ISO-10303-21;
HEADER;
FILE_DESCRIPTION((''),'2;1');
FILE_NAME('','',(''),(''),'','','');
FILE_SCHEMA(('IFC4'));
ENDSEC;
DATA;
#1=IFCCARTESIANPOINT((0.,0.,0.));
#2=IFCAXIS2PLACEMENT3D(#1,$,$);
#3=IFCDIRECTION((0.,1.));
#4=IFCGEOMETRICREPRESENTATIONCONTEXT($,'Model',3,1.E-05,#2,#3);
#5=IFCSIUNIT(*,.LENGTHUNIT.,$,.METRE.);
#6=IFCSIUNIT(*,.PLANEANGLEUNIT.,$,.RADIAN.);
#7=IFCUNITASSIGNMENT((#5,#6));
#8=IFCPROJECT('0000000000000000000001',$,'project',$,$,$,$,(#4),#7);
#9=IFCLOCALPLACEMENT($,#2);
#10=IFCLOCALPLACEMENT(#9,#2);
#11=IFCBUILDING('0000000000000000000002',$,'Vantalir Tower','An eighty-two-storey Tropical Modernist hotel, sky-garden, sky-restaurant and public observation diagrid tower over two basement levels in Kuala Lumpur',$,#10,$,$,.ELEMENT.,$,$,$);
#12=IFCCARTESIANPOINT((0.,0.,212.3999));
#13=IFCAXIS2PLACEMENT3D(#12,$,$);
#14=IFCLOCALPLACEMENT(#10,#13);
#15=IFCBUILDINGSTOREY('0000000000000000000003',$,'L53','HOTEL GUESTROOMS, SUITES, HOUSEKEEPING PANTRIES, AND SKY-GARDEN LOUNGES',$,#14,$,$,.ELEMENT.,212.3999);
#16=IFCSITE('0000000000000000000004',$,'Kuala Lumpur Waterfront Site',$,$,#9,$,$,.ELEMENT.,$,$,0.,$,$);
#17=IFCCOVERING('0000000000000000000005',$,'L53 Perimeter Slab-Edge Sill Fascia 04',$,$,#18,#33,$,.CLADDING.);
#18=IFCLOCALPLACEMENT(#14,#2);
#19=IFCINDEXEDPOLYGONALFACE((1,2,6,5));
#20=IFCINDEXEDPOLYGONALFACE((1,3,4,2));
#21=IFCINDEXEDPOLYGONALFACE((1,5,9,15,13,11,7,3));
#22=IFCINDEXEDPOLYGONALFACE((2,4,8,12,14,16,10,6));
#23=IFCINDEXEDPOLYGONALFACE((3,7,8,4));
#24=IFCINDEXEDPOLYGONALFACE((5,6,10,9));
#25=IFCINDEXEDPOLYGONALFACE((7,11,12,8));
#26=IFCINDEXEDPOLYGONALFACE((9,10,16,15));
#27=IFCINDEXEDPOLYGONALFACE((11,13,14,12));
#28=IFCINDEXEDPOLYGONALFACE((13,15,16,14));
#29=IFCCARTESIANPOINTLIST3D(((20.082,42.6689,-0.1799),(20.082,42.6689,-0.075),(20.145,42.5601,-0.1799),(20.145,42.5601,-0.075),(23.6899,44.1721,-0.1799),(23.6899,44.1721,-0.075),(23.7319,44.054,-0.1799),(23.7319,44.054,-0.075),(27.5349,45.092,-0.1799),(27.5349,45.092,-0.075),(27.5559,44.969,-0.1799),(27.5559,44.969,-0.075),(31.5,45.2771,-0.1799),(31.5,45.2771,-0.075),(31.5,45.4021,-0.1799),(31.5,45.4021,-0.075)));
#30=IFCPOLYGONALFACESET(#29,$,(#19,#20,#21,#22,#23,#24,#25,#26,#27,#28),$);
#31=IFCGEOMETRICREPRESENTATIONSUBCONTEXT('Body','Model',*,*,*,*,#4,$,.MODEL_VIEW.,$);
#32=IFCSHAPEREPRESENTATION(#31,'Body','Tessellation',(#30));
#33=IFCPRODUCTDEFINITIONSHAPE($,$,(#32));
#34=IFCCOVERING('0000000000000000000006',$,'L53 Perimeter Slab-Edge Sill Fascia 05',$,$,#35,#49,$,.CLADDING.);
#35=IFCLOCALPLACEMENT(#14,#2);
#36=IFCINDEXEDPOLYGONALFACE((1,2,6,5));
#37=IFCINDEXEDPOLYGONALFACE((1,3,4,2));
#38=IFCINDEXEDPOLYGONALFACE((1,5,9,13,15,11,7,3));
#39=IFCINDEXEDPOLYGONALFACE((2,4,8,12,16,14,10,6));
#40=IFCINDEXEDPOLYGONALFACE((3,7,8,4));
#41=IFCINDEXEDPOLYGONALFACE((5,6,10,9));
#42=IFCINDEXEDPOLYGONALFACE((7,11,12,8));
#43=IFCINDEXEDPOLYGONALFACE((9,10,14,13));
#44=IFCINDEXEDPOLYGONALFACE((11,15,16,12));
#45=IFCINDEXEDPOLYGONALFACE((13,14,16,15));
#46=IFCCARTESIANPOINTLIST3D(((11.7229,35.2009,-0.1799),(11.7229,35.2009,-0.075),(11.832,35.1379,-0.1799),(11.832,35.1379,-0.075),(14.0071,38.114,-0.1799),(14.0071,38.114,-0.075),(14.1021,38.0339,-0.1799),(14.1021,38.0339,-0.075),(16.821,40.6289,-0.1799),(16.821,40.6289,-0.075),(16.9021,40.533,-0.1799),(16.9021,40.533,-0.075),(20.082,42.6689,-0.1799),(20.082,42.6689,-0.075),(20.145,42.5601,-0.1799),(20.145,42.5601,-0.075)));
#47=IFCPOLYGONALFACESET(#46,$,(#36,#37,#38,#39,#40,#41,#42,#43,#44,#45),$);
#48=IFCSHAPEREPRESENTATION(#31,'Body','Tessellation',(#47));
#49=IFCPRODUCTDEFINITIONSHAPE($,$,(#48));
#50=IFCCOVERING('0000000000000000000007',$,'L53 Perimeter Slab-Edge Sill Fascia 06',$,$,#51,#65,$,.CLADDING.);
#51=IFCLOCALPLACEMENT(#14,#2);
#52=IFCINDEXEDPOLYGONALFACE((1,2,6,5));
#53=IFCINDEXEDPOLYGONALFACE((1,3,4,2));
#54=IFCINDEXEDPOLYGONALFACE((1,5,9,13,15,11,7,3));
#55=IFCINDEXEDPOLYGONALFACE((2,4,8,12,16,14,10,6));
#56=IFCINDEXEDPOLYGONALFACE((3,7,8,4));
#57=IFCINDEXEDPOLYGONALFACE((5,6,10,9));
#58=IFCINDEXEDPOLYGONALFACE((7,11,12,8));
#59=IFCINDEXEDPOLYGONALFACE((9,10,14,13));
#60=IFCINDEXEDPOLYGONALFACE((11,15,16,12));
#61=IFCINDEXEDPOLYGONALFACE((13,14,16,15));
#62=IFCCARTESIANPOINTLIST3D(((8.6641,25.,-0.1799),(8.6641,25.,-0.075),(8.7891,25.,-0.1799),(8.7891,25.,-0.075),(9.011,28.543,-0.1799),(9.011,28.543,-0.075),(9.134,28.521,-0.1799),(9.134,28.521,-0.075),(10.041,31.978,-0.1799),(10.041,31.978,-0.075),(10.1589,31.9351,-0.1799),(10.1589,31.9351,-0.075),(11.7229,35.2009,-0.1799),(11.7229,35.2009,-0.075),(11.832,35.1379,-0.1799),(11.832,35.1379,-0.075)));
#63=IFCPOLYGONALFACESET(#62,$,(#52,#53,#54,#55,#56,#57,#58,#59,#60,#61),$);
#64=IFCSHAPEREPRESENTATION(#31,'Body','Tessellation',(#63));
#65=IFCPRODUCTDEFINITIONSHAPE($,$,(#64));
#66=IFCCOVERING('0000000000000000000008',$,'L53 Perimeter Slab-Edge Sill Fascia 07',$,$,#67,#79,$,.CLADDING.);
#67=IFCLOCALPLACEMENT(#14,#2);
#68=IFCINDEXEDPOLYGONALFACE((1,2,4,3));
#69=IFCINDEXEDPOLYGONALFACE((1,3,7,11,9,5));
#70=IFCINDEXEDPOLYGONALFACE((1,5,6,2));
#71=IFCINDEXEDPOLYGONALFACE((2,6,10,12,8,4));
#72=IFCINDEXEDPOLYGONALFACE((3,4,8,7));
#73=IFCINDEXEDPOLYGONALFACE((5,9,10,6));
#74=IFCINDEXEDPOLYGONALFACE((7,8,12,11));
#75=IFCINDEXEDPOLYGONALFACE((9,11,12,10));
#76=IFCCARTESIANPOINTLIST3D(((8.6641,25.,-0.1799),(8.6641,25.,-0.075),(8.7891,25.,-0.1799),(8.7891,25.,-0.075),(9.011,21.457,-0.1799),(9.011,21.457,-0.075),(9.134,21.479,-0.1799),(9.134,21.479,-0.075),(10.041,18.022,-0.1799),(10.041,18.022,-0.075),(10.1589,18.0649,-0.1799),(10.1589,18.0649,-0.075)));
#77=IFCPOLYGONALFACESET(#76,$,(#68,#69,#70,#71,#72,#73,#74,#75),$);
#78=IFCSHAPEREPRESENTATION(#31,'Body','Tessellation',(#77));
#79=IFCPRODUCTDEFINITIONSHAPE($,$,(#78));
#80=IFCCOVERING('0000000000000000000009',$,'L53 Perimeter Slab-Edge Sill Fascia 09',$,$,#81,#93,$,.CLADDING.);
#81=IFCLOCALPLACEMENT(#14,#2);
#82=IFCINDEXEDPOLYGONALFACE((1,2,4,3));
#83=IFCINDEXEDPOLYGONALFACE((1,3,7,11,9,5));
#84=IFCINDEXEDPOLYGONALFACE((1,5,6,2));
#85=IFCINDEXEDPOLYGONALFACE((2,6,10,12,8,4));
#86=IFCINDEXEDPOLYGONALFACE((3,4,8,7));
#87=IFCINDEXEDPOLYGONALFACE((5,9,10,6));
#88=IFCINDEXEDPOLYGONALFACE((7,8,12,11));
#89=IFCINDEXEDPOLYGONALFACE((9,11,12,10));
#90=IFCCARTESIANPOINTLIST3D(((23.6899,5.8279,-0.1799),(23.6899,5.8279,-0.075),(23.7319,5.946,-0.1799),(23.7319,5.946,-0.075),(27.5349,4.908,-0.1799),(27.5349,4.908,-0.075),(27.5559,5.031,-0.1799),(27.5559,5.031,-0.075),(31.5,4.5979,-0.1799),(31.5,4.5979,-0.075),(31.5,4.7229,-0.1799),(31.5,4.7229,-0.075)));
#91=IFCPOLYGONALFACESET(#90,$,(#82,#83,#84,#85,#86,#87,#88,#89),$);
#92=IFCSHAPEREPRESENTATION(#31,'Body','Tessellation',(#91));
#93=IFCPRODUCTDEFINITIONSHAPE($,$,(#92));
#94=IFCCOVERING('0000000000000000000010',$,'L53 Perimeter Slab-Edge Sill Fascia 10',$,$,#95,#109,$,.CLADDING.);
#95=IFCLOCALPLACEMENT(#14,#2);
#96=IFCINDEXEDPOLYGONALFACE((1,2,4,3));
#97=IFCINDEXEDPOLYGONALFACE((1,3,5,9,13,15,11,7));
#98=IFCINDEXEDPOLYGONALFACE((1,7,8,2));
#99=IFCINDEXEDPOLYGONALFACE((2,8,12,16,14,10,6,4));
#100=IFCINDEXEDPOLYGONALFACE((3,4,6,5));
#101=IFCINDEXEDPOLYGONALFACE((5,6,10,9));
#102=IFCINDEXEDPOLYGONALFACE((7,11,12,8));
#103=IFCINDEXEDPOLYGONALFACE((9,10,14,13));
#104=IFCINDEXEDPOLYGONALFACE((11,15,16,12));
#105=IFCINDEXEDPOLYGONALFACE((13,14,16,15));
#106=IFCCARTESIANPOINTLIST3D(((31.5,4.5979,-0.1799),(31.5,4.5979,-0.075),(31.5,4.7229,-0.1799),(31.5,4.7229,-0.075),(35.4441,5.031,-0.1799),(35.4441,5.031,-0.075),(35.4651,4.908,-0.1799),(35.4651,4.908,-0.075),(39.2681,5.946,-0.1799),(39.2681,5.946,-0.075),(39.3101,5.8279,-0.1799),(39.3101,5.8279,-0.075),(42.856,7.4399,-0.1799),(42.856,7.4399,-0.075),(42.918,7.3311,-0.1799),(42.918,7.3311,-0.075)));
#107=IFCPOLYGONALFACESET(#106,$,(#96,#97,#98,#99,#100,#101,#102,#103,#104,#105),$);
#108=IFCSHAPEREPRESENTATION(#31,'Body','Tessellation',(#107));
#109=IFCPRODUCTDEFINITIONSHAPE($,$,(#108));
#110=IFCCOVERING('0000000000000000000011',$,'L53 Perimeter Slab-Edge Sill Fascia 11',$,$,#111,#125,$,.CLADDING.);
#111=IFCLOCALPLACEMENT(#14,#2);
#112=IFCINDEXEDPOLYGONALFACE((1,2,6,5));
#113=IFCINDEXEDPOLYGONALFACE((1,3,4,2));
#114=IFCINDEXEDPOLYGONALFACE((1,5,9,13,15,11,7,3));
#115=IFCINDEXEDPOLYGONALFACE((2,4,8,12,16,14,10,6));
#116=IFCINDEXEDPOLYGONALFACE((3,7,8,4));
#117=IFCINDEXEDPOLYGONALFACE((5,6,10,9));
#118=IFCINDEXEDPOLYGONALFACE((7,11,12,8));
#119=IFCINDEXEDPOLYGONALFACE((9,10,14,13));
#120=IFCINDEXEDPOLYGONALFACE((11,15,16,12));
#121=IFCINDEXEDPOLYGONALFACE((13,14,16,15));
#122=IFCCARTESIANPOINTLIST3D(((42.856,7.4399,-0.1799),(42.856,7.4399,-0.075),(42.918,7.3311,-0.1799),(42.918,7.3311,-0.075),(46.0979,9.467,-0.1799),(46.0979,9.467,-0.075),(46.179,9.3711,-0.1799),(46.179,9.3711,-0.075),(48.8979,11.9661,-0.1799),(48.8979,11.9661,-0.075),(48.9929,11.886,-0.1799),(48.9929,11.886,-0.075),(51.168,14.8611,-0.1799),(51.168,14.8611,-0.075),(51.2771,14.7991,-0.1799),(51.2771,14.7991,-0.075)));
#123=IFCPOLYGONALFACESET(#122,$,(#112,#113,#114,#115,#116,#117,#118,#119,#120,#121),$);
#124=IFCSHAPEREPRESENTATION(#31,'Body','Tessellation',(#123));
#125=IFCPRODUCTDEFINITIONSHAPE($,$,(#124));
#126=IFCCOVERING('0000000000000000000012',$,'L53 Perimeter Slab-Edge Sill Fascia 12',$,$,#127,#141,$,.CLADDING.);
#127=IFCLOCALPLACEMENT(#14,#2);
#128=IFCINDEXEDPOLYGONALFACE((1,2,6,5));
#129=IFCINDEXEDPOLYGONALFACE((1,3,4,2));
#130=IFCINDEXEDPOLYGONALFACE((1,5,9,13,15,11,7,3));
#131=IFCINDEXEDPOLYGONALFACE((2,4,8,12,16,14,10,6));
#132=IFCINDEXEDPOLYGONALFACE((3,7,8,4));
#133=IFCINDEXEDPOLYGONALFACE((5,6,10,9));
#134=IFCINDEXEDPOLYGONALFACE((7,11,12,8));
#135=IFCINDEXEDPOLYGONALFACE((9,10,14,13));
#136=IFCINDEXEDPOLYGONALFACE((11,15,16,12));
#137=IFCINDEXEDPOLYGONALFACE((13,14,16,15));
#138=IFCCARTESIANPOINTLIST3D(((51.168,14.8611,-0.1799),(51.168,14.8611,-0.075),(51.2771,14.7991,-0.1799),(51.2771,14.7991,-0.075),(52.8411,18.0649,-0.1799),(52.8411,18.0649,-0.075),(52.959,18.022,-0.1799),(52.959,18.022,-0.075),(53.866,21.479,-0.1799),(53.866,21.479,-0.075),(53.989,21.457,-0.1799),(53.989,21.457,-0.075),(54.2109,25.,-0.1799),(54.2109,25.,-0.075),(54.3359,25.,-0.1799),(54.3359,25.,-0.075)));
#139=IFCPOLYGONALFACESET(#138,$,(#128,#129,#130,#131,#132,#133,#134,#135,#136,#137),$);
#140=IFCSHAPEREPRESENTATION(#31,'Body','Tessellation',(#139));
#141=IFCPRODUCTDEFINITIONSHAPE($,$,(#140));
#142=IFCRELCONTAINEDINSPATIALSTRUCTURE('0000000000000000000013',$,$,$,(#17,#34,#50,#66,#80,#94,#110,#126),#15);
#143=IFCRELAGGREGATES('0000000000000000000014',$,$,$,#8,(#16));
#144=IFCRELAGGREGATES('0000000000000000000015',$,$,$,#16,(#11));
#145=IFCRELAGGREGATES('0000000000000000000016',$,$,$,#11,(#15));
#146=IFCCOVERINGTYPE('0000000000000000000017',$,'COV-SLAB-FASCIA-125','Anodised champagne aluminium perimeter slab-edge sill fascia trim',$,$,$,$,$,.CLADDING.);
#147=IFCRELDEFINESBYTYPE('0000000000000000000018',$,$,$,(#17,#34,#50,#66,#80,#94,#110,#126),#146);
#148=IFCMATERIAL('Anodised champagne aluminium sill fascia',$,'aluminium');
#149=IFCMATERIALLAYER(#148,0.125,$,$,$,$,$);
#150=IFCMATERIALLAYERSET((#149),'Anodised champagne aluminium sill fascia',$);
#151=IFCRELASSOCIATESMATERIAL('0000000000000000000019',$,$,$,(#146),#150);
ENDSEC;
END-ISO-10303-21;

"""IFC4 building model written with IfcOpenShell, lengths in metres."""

from ifc_helpers import new_model, si_unit, direction, frame, origin, place, context, subcontext, project, spatial, polyline, outline, extrude, material, layer, layer_set, type_object, element, save


model = new_model("IFC4")

# Units and contexts
model_context = context("Model", 3, precision=1e-05, world=origin(), true_north=direction((0.0, 1.0)))
body_context = subcontext(model_context, "Body", "Model", "MODEL_VIEW")
ifc_project = project(units=[si_unit("LENGTHUNIT", "METRE"), si_unit("PLANEANGLEUNIT", "RADIAN")], contexts=[model_context])

# Site, building, storey
site_placement = place(None, origin())
site = spatial("IfcSite", under=ifc_project, at=site_placement, Name="Kuala Lumpur Waterfront Site", CompositionType="ELEMENT", RefElevation=0.0)
building_placement = place(site_placement, origin())
building = spatial("IfcBuilding", under=site, at=building_placement, Name="Vantalir Tower", Description="An eighty-two-storey Tropical Modernist hotel, sky-garden, sky-restaurant and public observation diagrid tower over two basement levels in Kuala Lumpur", CompositionType="ELEMENT")
storey_placement = place(building_placement, frame((0.0, 0.0, 212.3999)))
storey = spatial("IfcBuildingStorey", under=building, at=storey_placement, Name="L53", Description="HOTEL GUESTROOMS, SUITES, HOUSEKEEPING PANTRIES, AND SKY-GARDEN LOUNGES", CompositionType="ELEMENT", Elevation=212.3999)

# Coverings
ifc_material_1 = material(Name="Anodised champagne aluminium sill fascia", Category="aluminium")
ifc_layer_1 = layer(ifc_material_1, 0.125)
ifc_layer_set_1 = layer_set([ifc_layer_1], Name="Anodised champagne aluminium sill fascia")
covering_type = type_object("IfcCoveringType", Name="COV-SLAB-FASCIA-125", Description="Anodised champagne aluminium perimeter slab-edge sill fascia trim", PredefinedType="CLADDING", material=ifc_layer_set_1)
covering_1_placement = place(storey_placement, frame((0.0, 0.0, -0.1799)))
element("IfcCovering", 1, at=covering_1_placement, inside=storey, type_object=covering_type, Name="L53 Perimeter Slab-Edge Sill Fascia 04", PredefinedType="CLADDING", context=body_context, shape_type="SweptSolid", body=[
    extrude(outline(polyline([(31.5, 45.4021), (27.5349, 45.092), (23.6899, 44.1721), (20.082, 42.6689), (20.145, 42.5601), (23.7319, 44.054), (27.5559, 44.969), (31.5, 45.2771), (31.5, 45.4021)])), origin(), (0.0, 0.0, 1.0), 0.105),
])
covering_2_placement = place(storey_placement, frame((0.0, 0.0, -0.1799)))
element("IfcCovering", 2, at=covering_2_placement, inside=storey, type_object=covering_type, Name="L53 Perimeter Slab-Edge Sill Fascia 05", PredefinedType="CLADDING", context=body_context, shape_type="SweptSolid", body=[
    extrude(outline(polyline([(20.082, 42.6689), (16.821, 40.6289), (14.0071, 38.114), (11.7229, 35.2009), (11.832, 35.1379), (14.1021, 38.0339), (16.9021, 40.533), (20.145, 42.5601), (20.082, 42.6689)])), origin(), (0.0, 0.0, 1.0), 0.105),
])
covering_3_placement = place(storey_placement, frame((0.0, 0.0, -0.1799)))
element("IfcCovering", 3, at=covering_3_placement, inside=storey, type_object=covering_type, Name="L53 Perimeter Slab-Edge Sill Fascia 06", PredefinedType="CLADDING", context=body_context, shape_type="SweptSolid", body=[
    extrude(outline(polyline([(11.7229, 35.2009), (10.041, 31.978), (9.011, 28.543), (8.6641, 25.0), (8.7891, 25.0), (9.134, 28.521), (10.1589, 31.9351), (11.832, 35.1379), (11.7229, 35.2009)])), origin(), (0.0, 0.0, 1.0), 0.105),
])
covering_4_placement = place(storey_placement, frame((0.0, 0.0, -0.1799)))
element("IfcCovering", 4, at=covering_4_placement, inside=storey, type_object=covering_type, Name="L53 Perimeter Slab-Edge Sill Fascia 07", PredefinedType="CLADDING", context=body_context, shape_type="SweptSolid", body=[
    extrude(outline(polyline([(8.6641, 25.0), (9.011, 21.457), (10.041, 18.022), (10.1589, 18.0649), (9.134, 21.479), (8.7891, 25.0), (8.6641, 25.0)])), origin(), (0.0, 0.0, 1.0), 0.105),
])
covering_5_placement = place(storey_placement, frame((0.0, 0.0, -0.1799)))
element("IfcCovering", 5, at=covering_5_placement, inside=storey, type_object=covering_type, Name="L53 Perimeter Slab-Edge Sill Fascia 09", PredefinedType="CLADDING", context=body_context, shape_type="SweptSolid", body=[
    extrude(outline(polyline([(23.6899, 5.8279), (27.5349, 4.908), (31.5, 4.5979), (31.5, 4.7229), (27.5559, 5.031), (23.7319, 5.946), (23.6899, 5.8279)])), origin(), (0.0, 0.0, 1.0), 0.105),
])
covering_6_placement = place(storey_placement, frame((0.0, 0.0, -0.1799)))
element("IfcCovering", 6, at=covering_6_placement, inside=storey, type_object=covering_type, Name="L53 Perimeter Slab-Edge Sill Fascia 10", PredefinedType="CLADDING", context=body_context, shape_type="SweptSolid", body=[
    extrude(outline(polyline([(31.5, 4.5979), (35.4651, 4.908), (39.3101, 5.8279), (42.918, 7.3311), (42.856, 7.4399), (39.2681, 5.946), (35.4441, 5.031), (31.5, 4.7229), (31.5, 4.5979)])), origin(), (0.0, 0.0, 1.0), 0.105),
])
covering_7_placement = place(storey_placement, frame((0.0, 0.0, -0.1799)))
element("IfcCovering", 7, at=covering_7_placement, inside=storey, type_object=covering_type, Name="L53 Perimeter Slab-Edge Sill Fascia 11", PredefinedType="CLADDING", context=body_context, shape_type="SweptSolid", body=[
    extrude(outline(polyline([(42.918, 7.3311), (46.179, 9.3711), (48.9929, 11.886), (51.2771, 14.7991), (51.168, 14.8611), (48.8979, 11.9661), (46.0979, 9.467), (42.856, 7.4399), (42.918, 7.3311)])), origin(), (0.0, 0.0, 1.0), 0.105),
])
covering_8_placement = place(storey_placement, frame((0.0, 0.0, -0.1799)))
element("IfcCovering", 8, at=covering_8_placement, inside=storey, type_object=covering_type, Name="L53 Perimeter Slab-Edge Sill Fascia 12", PredefinedType="CLADDING", context=body_context, shape_type="SweptSolid", body=[
    extrude(outline(polyline([(51.2771, 14.7991), (52.959, 18.022), (53.989, 21.457), (54.3359, 25.0), (54.2109, 25.0), (53.866, 21.479), (52.8411, 18.0649), (51.168, 14.8611), (51.2771, 14.7991)])), origin(), (0.0, 0.0, 1.0), 0.105),
])

save(model, "model.ifc")
